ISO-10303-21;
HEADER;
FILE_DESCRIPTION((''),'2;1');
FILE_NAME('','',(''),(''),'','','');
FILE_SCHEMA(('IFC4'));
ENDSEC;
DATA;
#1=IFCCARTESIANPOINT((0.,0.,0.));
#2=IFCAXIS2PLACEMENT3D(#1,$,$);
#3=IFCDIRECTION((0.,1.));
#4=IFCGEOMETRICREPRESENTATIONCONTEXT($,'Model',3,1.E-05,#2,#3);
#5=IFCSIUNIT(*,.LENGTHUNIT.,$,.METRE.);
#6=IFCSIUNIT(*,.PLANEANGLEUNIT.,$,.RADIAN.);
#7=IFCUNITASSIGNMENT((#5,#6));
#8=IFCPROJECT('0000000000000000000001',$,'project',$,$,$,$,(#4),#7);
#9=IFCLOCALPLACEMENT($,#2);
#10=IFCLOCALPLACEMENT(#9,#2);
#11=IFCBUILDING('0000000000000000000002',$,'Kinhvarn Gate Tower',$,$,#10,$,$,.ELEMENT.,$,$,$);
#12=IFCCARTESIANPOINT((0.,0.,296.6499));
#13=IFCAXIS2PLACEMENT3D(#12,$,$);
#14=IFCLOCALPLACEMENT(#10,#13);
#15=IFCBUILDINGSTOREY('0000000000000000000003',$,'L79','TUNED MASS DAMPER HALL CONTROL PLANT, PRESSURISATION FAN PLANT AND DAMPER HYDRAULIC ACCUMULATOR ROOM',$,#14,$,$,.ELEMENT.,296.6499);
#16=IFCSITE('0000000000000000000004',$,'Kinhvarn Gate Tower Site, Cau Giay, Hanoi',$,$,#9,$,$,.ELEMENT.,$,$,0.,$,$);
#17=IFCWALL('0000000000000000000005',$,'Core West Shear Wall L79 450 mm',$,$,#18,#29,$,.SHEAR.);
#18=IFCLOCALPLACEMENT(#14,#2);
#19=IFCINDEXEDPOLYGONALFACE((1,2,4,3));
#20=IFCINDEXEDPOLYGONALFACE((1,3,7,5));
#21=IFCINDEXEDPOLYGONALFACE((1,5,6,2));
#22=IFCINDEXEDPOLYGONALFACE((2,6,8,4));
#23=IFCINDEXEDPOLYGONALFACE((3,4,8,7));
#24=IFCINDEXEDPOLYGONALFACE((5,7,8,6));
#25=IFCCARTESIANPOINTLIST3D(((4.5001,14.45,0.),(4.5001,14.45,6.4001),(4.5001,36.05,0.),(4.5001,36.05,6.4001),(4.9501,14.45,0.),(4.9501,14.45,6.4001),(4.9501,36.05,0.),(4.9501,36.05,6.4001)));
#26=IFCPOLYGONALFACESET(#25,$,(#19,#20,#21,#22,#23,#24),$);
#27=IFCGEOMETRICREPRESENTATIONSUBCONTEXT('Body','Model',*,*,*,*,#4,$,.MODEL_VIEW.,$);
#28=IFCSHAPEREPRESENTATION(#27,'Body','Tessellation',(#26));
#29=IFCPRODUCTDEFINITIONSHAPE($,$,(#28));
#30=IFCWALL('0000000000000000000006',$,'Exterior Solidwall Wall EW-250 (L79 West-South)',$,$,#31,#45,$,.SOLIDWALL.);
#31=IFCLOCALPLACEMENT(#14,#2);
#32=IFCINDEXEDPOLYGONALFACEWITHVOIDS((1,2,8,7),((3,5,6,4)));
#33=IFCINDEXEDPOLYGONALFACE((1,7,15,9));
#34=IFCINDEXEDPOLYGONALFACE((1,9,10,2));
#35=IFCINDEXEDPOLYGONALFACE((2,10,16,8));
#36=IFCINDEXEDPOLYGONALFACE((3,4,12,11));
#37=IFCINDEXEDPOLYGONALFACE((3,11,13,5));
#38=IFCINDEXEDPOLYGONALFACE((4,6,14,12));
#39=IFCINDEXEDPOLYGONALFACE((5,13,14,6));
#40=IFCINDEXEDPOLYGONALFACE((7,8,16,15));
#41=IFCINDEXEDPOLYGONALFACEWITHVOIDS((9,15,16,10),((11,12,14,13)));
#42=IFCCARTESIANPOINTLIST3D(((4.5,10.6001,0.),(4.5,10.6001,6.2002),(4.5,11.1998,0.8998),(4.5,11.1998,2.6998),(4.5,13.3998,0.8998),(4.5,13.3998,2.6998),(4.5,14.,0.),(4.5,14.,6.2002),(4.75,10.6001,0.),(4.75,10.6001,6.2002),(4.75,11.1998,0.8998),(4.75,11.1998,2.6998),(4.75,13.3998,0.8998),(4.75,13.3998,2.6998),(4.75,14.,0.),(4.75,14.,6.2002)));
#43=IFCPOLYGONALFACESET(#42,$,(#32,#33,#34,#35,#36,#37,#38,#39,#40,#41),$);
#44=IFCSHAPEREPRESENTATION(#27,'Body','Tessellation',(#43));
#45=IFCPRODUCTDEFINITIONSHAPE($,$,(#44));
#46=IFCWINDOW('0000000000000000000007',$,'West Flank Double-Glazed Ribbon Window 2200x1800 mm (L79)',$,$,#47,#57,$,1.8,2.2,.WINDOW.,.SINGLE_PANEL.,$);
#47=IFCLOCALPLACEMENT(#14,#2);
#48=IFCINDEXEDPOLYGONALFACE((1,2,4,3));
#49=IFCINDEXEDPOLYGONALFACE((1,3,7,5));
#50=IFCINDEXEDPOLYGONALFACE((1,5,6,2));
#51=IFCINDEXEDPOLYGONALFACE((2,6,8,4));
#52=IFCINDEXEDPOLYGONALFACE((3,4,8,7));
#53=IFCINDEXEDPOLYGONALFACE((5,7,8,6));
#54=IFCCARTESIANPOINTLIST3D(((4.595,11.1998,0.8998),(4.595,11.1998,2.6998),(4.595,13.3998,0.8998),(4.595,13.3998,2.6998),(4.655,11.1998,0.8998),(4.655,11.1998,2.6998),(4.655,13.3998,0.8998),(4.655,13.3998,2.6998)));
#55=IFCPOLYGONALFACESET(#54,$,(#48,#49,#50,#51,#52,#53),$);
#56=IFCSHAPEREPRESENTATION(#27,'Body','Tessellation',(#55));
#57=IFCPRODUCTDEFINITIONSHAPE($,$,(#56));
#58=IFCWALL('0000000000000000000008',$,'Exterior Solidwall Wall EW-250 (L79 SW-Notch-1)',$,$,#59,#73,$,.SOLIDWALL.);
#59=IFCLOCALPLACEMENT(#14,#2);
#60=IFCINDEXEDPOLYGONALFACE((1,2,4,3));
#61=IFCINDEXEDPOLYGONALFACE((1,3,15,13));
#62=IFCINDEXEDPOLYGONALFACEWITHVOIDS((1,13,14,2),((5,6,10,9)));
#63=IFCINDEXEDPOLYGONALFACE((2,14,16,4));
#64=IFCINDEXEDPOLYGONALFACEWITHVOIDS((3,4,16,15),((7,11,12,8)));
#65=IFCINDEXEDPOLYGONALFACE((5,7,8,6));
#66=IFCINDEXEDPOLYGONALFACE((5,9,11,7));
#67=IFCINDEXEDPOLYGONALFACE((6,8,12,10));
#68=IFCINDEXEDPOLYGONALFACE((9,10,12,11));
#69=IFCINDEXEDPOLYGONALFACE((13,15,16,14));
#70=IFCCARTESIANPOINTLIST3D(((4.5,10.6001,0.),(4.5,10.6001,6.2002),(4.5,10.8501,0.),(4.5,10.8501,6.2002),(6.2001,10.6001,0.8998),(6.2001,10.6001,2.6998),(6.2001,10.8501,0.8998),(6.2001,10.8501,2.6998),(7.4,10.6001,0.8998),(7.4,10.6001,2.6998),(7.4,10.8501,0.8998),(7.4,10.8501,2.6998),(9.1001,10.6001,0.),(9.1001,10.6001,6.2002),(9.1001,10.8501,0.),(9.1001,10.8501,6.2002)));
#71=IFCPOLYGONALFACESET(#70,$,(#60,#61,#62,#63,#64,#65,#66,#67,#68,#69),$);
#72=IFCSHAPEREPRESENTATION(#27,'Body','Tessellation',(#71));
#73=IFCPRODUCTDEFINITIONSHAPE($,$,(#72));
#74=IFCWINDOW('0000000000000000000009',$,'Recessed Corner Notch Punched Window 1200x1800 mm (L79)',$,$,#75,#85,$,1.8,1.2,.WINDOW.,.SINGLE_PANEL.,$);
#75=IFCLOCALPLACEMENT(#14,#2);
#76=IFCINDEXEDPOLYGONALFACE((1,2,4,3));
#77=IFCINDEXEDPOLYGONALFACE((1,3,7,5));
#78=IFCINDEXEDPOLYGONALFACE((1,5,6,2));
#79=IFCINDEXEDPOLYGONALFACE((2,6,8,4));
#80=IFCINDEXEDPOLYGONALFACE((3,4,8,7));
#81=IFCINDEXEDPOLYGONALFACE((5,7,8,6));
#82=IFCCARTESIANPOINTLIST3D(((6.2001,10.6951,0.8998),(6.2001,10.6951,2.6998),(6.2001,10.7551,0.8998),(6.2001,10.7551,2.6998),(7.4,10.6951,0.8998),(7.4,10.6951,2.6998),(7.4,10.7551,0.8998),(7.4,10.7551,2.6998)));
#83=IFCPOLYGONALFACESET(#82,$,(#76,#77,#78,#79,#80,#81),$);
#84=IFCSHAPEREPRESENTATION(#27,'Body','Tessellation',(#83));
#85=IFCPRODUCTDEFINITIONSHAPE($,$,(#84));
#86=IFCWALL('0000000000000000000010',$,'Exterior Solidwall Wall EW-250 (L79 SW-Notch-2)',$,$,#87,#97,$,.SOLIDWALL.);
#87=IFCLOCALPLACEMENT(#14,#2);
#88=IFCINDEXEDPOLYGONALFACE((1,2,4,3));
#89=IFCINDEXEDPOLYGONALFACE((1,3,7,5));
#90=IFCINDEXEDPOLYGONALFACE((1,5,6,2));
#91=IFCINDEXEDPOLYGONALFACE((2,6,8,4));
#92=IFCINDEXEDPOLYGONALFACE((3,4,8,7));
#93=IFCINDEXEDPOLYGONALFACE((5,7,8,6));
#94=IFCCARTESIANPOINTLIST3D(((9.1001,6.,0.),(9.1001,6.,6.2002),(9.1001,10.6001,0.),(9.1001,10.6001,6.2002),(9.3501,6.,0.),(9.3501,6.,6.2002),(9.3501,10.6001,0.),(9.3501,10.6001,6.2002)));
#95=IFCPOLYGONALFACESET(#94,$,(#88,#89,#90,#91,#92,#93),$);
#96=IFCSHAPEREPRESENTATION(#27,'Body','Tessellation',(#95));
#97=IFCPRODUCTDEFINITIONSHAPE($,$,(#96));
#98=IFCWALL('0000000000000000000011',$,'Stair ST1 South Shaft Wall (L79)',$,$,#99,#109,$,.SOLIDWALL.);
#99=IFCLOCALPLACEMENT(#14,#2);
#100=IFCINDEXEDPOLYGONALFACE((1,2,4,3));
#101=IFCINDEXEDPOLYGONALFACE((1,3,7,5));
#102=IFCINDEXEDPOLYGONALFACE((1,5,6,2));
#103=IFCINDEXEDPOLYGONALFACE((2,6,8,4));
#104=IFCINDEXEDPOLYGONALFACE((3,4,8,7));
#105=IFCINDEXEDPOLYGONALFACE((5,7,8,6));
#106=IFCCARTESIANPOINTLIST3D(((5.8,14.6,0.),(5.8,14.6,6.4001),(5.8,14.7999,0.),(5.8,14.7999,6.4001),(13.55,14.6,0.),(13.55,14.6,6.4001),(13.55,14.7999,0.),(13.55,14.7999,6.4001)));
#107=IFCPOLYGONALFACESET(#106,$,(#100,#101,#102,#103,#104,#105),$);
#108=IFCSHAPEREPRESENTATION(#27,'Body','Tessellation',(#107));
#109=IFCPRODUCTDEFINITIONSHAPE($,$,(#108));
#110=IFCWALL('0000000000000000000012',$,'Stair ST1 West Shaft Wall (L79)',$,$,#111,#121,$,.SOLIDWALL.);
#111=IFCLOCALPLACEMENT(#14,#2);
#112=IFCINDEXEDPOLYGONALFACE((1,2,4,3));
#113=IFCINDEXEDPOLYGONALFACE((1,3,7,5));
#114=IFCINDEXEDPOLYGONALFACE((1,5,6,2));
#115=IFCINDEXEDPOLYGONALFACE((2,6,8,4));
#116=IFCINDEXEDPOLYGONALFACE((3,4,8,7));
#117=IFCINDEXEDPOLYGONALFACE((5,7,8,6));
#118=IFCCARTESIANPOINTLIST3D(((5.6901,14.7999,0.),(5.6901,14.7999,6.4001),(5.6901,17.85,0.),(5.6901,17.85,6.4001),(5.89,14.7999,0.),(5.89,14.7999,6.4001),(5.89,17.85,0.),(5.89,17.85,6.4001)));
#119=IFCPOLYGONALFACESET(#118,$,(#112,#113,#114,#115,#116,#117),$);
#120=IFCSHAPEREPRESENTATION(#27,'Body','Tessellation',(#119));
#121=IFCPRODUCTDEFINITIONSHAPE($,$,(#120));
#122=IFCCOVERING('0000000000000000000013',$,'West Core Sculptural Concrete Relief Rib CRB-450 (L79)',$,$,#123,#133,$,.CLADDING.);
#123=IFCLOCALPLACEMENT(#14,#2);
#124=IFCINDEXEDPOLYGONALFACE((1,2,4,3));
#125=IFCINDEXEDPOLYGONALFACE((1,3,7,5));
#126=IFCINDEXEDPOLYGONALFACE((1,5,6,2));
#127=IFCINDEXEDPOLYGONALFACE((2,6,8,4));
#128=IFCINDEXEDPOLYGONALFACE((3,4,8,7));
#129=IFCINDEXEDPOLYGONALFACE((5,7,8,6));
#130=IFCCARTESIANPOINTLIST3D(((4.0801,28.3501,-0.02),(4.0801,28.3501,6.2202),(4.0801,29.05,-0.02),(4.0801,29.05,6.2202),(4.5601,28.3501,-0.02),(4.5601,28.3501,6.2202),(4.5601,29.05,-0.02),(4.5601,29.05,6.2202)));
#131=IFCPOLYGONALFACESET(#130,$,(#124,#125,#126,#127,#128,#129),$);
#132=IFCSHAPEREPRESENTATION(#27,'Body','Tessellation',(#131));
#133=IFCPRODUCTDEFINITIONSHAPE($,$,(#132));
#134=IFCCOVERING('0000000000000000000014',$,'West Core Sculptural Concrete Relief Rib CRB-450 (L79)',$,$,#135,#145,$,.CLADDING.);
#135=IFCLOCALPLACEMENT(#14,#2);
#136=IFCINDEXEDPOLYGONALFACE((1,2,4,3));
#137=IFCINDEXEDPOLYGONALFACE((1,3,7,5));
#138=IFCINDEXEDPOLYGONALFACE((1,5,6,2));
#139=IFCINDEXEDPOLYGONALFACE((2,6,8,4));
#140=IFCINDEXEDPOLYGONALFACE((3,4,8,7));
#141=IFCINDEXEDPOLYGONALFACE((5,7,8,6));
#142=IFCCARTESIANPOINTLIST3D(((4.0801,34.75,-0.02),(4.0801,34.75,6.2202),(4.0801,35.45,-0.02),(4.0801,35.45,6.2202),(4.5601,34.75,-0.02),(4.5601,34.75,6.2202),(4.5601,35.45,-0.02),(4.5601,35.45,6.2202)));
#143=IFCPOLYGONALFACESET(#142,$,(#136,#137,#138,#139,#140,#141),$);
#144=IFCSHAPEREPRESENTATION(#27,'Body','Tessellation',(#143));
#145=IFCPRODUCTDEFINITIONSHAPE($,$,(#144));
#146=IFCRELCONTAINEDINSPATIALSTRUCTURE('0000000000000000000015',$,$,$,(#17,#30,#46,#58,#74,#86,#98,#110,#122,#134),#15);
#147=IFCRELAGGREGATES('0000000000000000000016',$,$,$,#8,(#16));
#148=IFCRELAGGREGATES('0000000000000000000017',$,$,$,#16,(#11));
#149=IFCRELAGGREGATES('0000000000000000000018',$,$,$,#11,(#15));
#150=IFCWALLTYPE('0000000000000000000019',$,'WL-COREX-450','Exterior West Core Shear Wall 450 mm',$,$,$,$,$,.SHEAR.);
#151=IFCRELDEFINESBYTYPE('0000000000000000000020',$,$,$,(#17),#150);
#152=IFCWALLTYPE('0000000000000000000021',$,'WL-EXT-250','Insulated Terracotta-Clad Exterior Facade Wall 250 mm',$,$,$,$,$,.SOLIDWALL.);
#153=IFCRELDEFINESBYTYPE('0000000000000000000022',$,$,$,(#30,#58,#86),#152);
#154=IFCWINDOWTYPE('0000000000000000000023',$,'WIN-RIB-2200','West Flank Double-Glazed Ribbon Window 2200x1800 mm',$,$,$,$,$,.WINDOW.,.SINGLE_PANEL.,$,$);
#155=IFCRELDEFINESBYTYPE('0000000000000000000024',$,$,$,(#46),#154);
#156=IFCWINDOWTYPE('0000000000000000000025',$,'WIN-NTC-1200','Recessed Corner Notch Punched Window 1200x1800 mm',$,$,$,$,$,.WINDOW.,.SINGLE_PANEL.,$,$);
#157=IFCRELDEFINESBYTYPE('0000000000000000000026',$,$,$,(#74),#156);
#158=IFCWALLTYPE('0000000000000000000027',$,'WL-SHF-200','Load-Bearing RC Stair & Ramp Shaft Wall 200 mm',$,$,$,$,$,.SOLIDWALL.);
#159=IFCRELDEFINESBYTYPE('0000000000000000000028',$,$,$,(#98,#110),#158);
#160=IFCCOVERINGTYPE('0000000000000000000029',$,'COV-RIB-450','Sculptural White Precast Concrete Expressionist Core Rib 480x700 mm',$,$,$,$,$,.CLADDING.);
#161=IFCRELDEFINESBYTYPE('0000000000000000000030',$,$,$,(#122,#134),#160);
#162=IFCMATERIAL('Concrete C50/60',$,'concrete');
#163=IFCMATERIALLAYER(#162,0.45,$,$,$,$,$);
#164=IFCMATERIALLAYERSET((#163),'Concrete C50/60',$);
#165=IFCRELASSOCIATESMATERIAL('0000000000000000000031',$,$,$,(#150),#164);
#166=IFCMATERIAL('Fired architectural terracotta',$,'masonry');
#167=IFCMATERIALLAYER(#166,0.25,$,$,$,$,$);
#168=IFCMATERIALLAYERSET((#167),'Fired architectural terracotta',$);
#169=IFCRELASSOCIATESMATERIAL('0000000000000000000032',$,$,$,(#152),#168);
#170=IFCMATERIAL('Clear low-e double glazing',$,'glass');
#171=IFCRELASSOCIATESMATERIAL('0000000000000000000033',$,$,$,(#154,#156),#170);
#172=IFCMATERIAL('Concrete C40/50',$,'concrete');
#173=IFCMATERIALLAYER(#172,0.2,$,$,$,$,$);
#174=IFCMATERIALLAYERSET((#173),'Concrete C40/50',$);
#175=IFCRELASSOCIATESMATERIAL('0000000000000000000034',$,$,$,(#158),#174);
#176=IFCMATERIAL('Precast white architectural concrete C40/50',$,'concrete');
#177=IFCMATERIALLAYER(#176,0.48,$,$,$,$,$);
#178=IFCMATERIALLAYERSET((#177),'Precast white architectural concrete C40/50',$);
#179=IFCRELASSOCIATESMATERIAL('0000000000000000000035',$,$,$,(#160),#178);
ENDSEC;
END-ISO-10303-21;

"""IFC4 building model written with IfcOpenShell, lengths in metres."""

from ifc_helpers import new_model, si_unit, direction, frame, frame_2d, origin, place, context, subcontext, project, spatial, polyline, rectangle, outline, extrude, material, layer, layer_set, type_object, element, fill, save


model = new_model("IFC4")

# Units and contexts
model_context = context("Model", 3, precision=1e-05, world=origin(), true_north=direction((0.0, 1.0)))
body_context = subcontext(model_context, "Body", "Model", "MODEL_VIEW")
ifc_project = project(units=[si_unit("LENGTHUNIT", "METRE"), si_unit("PLANEANGLEUNIT", "RADIAN")], contexts=[model_context])

# Site, building, storey
site_placement = place(None, origin())
site = spatial("IfcSite", under=ifc_project, at=site_placement, Name="Kinhvarn Gate Tower Site, Cau Giay, Hanoi", CompositionType="ELEMENT", RefElevation=0.0)
building_placement = place(site_placement, origin())
building = spatial("IfcBuilding", under=site, at=building_placement, Name="Kinhvarn Gate Tower", CompositionType="ELEMENT")
storey_placement = place(building_placement, frame((0.0, 0.0, 296.6499)))
storey = spatial("IfcBuildingStorey", under=building, at=storey_placement, Name="L79", Description="TUNED MASS DAMPER HALL CONTROL PLANT, PRESSURISATION FAN PLANT AND DAMPER HYDRAULIC ACCUMULATOR ROOM", CompositionType="ELEMENT", Elevation=296.6499)

# Shared definitions
ifc_material_1 = material(Name="Concrete C50/60", Category="concrete")

# Shared definitions
ifc_material_2 = material(Name="Concrete C40/50", Category="concrete")

# Wall
ifc_layer_1 = layer(ifc_material_1, 0.45)
ifc_layer_set_1 = layer_set([ifc_layer_1], Name="Concrete C50/60")
wall_type_1 = type_object("IfcWallType", Name="WL-COREX-450", Description="Exterior West Core Shear Wall 450 mm", PredefinedType="SHEAR", material=ifc_layer_set_1)
wall_1_placement = place(storey_placement, frame((4.7251, 14.45, 0.0), z_axis=(0.0, 0.0, 1.0), x_axis=(0.0, 1.0, 0.0)))
element("IfcWall", 1, at=wall_1_placement, inside=storey, type_object=wall_type_1, Name="Core West Shear Wall L79 450 mm", PredefinedType="SHEAR", context=body_context, shape_type="SweptSolid", body=[
    extrude(rectangle(XDim=21.6001, YDim=0.45, at=frame_2d((10.8, 0.0))), origin(), (0.0, 0.0, 1.0), 6.4001),
])

# Walls, openings, windows
ifc_material_3 = material(Name="Fired architectural terracotta", Category="masonry")
ifc_layer_2 = layer(ifc_material_3, 0.25)
ifc_layer_set_2 = layer_set([ifc_layer_2], Name="Fired architectural terracotta")
wall_type_2 = type_object("IfcWallType", Name="WL-EXT-250", Description="Insulated Terracotta-Clad Exterior Facade Wall 250 mm", PredefinedType="SOLIDWALL", material=ifc_layer_set_2)
wall_2_placement = place(storey_placement, frame((4.625, 14.0, 0.0), z_axis=(0.0, 0.0, 1.0), x_axis=(0.0, -1.0, 0.0)))
wall_2 = element("IfcWall", 2, at=wall_2_placement, inside=storey, type_object=wall_type_2, Name="Exterior Solidwall Wall EW-250 (L79 West-South)", PredefinedType="SOLIDWALL", context=body_context, shape_type="SweptSolid", body=[
    extrude(rectangle(XDim=3.3999, YDim=0.25, at=frame_2d((1.7, 0.0))), origin(), (0.0, 0.0, 1.0), 6.2002),
])
opening_1_placement = place(wall_2_placement, frame((0.6001, 0.0, 0.8999)))
opening_1 = element("IfcOpeningElement", 3, at=opening_1_placement, cuts=wall_2, PredefinedType="OPENING", context=body_context, shape_type="SweptSolid", body=[
    extrude(rectangle(XDim=2.2, YDim=1.8, at=frame_2d((1.1001, 0.8999))), frame((0.0, 0.135, 0.0), z_axis=(0.0, -1.0, 0.0), x_axis=(1.0, 0.0, 0.0)), (0.0, 0.0, 1.0), 0.27),
])
ifc_material_4 = material(Name="Clear low-e double glazing", Category="glass")
window_type_1 = type_object("IfcWindowType", Name="WIN-RIB-2200", Description="West Flank Double-Glazed Ribbon Window 2200x1800 mm", PartitioningType="SINGLE_PANEL", PredefinedType="WINDOW", material=ifc_material_4)
window_1_placement = place(opening_1_placement, origin())
window_1 = element("IfcWindow", 4, at=window_1_placement, inside=storey, type_object=window_type_1, Name="West Flank Double-Glazed Ribbon Window 2200x1800 mm (L79)", OverallHeight=1.8, OverallWidth=2.2, PartitioningType="SINGLE_PANEL", PredefinedType="WINDOW", context=body_context, shape_type="SweptSolid", body=[
    extrude(rectangle(XDim=2.2, YDim=1.8, at=frame_2d((1.1001, 0.8999))), frame((0.0, 0.03, 0.0), z_axis=(0.0, -1.0, 0.0), x_axis=(1.0, 0.0, 0.0)), (0.0, 0.0, 1.0), 0.0601),
])
fill(opening_1, window_1)
wall_3_placement = place(storey_placement, frame((4.5, 10.7251, 0.0), z_axis=(0.0, 0.0, 1.0), x_axis=(1.0, 0.0, 0.0)))
wall_3 = element("IfcWall", 5, at=wall_3_placement, inside=storey, type_object=wall_type_2, Name="Exterior Solidwall Wall EW-250 (L79 SW-Notch-1)", PredefinedType="SOLIDWALL", context=body_context, shape_type="SweptSolid", body=[
    extrude(rectangle(XDim=4.6001, YDim=0.25, at=frame_2d((2.3, 0.0))), origin(), (0.0, 0.0, 1.0), 6.2002),
])
opening_2_placement = place(wall_3_placement, frame((1.7, 0.0, 0.8999)))
opening_2 = element("IfcOpeningElement", 6, at=opening_2_placement, cuts=wall_3, PredefinedType="OPENING", context=body_context, shape_type="SweptSolid", body=[
    extrude(rectangle(XDim=1.2, YDim=1.8, at=frame_2d((0.6001, 0.8999))), frame((0.0, 0.135, 0.0), z_axis=(0.0, -1.0, 0.0), x_axis=(1.0, 0.0, 0.0)), (0.0, 0.0, 1.0), 0.27),
])
window_type_2 = type_object("IfcWindowType", Name="WIN-NTC-1200", Description="Recessed Corner Notch Punched Window 1200x1800 mm", PartitioningType="SINGLE_PANEL", PredefinedType="WINDOW", material=ifc_material_4)
window_2_placement = place(opening_2_placement, origin())
window_2 = element("IfcWindow", 7, at=window_2_placement, inside=storey, type_object=window_type_2, Name="Recessed Corner Notch Punched Window 1200x1800 mm (L79)", OverallHeight=1.8, OverallWidth=1.2, PartitioningType="SINGLE_PANEL", PredefinedType="WINDOW", context=body_context, shape_type="SweptSolid", body=[
    extrude(rectangle(XDim=1.2, YDim=1.8, at=frame_2d((0.6001, 0.8999))), frame((0.0, 0.03, 0.0), z_axis=(0.0, -1.0, 0.0), x_axis=(1.0, 0.0, 0.0)), (0.0, 0.0, 1.0), 0.0601),
])
fill(opening_2, window_2)

# Walls
wall_4_placement = place(storey_placement, frame((9.2251, 10.6001, 0.0), z_axis=(0.0, 0.0, 1.0), x_axis=(0.0, -1.0, 0.0)))
element("IfcWall", 8, at=wall_4_placement, inside=storey, type_object=wall_type_2, Name="Exterior Solidwall Wall EW-250 (L79 SW-Notch-2)", PredefinedType="SOLIDWALL", context=body_context, shape_type="SweptSolid", body=[
    extrude(rectangle(XDim=4.6001, YDim=0.25, at=frame_2d((2.3, 0.0))), origin(), (0.0, 0.0, 1.0), 6.2002),
])
ifc_layer_3 = layer(ifc_material_2, 0.2)
ifc_layer_set_3 = layer_set([ifc_layer_3], Name="Concrete C40/50")
wall_type_3 = type_object("IfcWallType", Name="WL-SHF-200", Description="Load-Bearing RC Stair & Ramp Shaft Wall 200 mm", PredefinedType="SOLIDWALL", material=ifc_layer_set_3)
wall_5_placement = place(storey_placement, frame((5.8, 14.7, 0.0), z_axis=(0.0, 0.0, 1.0), x_axis=(1.0, 0.0, 0.0)))
element("IfcWall", 9, at=wall_5_placement, inside=storey, type_object=wall_type_3, Name="Stair ST1 South Shaft Wall (L79)", PredefinedType="SOLIDWALL", context=body_context, shape_type="SweptSolid", body=[
    extrude(rectangle(XDim=7.75, YDim=0.2, at=frame_2d((3.875, 0.0))), origin(), (0.0, 0.0, 1.0), 6.4001),
])
wall_6_placement = place(storey_placement, frame((5.79, 14.8, 0.0), z_axis=(0.0, 0.0, 1.0), x_axis=(0.0, 1.0, 0.0)))
element("IfcWall", 10, at=wall_6_placement, inside=storey, type_object=wall_type_3, Name="Stair ST1 West Shaft Wall (L79)", PredefinedType="SOLIDWALL", context=body_context, shape_type="SweptSolid", body=[
    extrude(rectangle(XDim=3.05, YDim=0.2, at=frame_2d((1.5249, 0.0))), origin(), (0.0, 0.0, 1.0), 6.4001),
])

# Coverings
ifc_material_5 = material(Name="Precast white architectural concrete C40/50", Category="concrete")
ifc_layer_4 = layer(ifc_material_5, 0.48)
ifc_layer_set_4 = layer_set([ifc_layer_4], Name="Precast white architectural concrete C40/50")
covering_type = type_object("IfcCoveringType", Name="COV-RIB-450", Description="Sculptural White Precast Concrete Expressionist Core Rib 480x700 mm", PredefinedType="CLADDING", material=ifc_layer_set_4)
covering_1_placement = place(storey_placement, frame((0.0, 0.0, -0.02)))
element("IfcCovering", 11, at=covering_1_placement, inside=storey, type_object=covering_type, Name="West Core Sculptural Concrete Relief Rib CRB-450 (L79)", PredefinedType="CLADDING", context=body_context, shape_type="SweptSolid", body=[
    extrude(outline(polyline([(4.0801, 28.3501), (4.5601, 28.3501), (4.5601, 29.05), (4.0801, 29.05), (4.0801, 28.3501)])), origin(), (0.0, 0.0, 1.0), 6.2402),
])
covering_2_placement = place(storey_placement, frame((0.0, 0.0, -0.02)))
element("IfcCovering", 12, at=covering_2_placement, inside=storey, type_object=covering_type, Name="West Core Sculptural Concrete Relief Rib CRB-450 (L79)", PredefinedType="CLADDING", context=body_context, shape_type="SweptSolid", body=[
    extrude(outline(polyline([(4.0801, 34.75), (4.5601, 34.75), (4.5601, 35.45), (4.0801, 35.45), (4.0801, 34.75)])), origin(), (0.0, 0.0, 1.0), 6.2402),
])

save(model, "model.ifc")
